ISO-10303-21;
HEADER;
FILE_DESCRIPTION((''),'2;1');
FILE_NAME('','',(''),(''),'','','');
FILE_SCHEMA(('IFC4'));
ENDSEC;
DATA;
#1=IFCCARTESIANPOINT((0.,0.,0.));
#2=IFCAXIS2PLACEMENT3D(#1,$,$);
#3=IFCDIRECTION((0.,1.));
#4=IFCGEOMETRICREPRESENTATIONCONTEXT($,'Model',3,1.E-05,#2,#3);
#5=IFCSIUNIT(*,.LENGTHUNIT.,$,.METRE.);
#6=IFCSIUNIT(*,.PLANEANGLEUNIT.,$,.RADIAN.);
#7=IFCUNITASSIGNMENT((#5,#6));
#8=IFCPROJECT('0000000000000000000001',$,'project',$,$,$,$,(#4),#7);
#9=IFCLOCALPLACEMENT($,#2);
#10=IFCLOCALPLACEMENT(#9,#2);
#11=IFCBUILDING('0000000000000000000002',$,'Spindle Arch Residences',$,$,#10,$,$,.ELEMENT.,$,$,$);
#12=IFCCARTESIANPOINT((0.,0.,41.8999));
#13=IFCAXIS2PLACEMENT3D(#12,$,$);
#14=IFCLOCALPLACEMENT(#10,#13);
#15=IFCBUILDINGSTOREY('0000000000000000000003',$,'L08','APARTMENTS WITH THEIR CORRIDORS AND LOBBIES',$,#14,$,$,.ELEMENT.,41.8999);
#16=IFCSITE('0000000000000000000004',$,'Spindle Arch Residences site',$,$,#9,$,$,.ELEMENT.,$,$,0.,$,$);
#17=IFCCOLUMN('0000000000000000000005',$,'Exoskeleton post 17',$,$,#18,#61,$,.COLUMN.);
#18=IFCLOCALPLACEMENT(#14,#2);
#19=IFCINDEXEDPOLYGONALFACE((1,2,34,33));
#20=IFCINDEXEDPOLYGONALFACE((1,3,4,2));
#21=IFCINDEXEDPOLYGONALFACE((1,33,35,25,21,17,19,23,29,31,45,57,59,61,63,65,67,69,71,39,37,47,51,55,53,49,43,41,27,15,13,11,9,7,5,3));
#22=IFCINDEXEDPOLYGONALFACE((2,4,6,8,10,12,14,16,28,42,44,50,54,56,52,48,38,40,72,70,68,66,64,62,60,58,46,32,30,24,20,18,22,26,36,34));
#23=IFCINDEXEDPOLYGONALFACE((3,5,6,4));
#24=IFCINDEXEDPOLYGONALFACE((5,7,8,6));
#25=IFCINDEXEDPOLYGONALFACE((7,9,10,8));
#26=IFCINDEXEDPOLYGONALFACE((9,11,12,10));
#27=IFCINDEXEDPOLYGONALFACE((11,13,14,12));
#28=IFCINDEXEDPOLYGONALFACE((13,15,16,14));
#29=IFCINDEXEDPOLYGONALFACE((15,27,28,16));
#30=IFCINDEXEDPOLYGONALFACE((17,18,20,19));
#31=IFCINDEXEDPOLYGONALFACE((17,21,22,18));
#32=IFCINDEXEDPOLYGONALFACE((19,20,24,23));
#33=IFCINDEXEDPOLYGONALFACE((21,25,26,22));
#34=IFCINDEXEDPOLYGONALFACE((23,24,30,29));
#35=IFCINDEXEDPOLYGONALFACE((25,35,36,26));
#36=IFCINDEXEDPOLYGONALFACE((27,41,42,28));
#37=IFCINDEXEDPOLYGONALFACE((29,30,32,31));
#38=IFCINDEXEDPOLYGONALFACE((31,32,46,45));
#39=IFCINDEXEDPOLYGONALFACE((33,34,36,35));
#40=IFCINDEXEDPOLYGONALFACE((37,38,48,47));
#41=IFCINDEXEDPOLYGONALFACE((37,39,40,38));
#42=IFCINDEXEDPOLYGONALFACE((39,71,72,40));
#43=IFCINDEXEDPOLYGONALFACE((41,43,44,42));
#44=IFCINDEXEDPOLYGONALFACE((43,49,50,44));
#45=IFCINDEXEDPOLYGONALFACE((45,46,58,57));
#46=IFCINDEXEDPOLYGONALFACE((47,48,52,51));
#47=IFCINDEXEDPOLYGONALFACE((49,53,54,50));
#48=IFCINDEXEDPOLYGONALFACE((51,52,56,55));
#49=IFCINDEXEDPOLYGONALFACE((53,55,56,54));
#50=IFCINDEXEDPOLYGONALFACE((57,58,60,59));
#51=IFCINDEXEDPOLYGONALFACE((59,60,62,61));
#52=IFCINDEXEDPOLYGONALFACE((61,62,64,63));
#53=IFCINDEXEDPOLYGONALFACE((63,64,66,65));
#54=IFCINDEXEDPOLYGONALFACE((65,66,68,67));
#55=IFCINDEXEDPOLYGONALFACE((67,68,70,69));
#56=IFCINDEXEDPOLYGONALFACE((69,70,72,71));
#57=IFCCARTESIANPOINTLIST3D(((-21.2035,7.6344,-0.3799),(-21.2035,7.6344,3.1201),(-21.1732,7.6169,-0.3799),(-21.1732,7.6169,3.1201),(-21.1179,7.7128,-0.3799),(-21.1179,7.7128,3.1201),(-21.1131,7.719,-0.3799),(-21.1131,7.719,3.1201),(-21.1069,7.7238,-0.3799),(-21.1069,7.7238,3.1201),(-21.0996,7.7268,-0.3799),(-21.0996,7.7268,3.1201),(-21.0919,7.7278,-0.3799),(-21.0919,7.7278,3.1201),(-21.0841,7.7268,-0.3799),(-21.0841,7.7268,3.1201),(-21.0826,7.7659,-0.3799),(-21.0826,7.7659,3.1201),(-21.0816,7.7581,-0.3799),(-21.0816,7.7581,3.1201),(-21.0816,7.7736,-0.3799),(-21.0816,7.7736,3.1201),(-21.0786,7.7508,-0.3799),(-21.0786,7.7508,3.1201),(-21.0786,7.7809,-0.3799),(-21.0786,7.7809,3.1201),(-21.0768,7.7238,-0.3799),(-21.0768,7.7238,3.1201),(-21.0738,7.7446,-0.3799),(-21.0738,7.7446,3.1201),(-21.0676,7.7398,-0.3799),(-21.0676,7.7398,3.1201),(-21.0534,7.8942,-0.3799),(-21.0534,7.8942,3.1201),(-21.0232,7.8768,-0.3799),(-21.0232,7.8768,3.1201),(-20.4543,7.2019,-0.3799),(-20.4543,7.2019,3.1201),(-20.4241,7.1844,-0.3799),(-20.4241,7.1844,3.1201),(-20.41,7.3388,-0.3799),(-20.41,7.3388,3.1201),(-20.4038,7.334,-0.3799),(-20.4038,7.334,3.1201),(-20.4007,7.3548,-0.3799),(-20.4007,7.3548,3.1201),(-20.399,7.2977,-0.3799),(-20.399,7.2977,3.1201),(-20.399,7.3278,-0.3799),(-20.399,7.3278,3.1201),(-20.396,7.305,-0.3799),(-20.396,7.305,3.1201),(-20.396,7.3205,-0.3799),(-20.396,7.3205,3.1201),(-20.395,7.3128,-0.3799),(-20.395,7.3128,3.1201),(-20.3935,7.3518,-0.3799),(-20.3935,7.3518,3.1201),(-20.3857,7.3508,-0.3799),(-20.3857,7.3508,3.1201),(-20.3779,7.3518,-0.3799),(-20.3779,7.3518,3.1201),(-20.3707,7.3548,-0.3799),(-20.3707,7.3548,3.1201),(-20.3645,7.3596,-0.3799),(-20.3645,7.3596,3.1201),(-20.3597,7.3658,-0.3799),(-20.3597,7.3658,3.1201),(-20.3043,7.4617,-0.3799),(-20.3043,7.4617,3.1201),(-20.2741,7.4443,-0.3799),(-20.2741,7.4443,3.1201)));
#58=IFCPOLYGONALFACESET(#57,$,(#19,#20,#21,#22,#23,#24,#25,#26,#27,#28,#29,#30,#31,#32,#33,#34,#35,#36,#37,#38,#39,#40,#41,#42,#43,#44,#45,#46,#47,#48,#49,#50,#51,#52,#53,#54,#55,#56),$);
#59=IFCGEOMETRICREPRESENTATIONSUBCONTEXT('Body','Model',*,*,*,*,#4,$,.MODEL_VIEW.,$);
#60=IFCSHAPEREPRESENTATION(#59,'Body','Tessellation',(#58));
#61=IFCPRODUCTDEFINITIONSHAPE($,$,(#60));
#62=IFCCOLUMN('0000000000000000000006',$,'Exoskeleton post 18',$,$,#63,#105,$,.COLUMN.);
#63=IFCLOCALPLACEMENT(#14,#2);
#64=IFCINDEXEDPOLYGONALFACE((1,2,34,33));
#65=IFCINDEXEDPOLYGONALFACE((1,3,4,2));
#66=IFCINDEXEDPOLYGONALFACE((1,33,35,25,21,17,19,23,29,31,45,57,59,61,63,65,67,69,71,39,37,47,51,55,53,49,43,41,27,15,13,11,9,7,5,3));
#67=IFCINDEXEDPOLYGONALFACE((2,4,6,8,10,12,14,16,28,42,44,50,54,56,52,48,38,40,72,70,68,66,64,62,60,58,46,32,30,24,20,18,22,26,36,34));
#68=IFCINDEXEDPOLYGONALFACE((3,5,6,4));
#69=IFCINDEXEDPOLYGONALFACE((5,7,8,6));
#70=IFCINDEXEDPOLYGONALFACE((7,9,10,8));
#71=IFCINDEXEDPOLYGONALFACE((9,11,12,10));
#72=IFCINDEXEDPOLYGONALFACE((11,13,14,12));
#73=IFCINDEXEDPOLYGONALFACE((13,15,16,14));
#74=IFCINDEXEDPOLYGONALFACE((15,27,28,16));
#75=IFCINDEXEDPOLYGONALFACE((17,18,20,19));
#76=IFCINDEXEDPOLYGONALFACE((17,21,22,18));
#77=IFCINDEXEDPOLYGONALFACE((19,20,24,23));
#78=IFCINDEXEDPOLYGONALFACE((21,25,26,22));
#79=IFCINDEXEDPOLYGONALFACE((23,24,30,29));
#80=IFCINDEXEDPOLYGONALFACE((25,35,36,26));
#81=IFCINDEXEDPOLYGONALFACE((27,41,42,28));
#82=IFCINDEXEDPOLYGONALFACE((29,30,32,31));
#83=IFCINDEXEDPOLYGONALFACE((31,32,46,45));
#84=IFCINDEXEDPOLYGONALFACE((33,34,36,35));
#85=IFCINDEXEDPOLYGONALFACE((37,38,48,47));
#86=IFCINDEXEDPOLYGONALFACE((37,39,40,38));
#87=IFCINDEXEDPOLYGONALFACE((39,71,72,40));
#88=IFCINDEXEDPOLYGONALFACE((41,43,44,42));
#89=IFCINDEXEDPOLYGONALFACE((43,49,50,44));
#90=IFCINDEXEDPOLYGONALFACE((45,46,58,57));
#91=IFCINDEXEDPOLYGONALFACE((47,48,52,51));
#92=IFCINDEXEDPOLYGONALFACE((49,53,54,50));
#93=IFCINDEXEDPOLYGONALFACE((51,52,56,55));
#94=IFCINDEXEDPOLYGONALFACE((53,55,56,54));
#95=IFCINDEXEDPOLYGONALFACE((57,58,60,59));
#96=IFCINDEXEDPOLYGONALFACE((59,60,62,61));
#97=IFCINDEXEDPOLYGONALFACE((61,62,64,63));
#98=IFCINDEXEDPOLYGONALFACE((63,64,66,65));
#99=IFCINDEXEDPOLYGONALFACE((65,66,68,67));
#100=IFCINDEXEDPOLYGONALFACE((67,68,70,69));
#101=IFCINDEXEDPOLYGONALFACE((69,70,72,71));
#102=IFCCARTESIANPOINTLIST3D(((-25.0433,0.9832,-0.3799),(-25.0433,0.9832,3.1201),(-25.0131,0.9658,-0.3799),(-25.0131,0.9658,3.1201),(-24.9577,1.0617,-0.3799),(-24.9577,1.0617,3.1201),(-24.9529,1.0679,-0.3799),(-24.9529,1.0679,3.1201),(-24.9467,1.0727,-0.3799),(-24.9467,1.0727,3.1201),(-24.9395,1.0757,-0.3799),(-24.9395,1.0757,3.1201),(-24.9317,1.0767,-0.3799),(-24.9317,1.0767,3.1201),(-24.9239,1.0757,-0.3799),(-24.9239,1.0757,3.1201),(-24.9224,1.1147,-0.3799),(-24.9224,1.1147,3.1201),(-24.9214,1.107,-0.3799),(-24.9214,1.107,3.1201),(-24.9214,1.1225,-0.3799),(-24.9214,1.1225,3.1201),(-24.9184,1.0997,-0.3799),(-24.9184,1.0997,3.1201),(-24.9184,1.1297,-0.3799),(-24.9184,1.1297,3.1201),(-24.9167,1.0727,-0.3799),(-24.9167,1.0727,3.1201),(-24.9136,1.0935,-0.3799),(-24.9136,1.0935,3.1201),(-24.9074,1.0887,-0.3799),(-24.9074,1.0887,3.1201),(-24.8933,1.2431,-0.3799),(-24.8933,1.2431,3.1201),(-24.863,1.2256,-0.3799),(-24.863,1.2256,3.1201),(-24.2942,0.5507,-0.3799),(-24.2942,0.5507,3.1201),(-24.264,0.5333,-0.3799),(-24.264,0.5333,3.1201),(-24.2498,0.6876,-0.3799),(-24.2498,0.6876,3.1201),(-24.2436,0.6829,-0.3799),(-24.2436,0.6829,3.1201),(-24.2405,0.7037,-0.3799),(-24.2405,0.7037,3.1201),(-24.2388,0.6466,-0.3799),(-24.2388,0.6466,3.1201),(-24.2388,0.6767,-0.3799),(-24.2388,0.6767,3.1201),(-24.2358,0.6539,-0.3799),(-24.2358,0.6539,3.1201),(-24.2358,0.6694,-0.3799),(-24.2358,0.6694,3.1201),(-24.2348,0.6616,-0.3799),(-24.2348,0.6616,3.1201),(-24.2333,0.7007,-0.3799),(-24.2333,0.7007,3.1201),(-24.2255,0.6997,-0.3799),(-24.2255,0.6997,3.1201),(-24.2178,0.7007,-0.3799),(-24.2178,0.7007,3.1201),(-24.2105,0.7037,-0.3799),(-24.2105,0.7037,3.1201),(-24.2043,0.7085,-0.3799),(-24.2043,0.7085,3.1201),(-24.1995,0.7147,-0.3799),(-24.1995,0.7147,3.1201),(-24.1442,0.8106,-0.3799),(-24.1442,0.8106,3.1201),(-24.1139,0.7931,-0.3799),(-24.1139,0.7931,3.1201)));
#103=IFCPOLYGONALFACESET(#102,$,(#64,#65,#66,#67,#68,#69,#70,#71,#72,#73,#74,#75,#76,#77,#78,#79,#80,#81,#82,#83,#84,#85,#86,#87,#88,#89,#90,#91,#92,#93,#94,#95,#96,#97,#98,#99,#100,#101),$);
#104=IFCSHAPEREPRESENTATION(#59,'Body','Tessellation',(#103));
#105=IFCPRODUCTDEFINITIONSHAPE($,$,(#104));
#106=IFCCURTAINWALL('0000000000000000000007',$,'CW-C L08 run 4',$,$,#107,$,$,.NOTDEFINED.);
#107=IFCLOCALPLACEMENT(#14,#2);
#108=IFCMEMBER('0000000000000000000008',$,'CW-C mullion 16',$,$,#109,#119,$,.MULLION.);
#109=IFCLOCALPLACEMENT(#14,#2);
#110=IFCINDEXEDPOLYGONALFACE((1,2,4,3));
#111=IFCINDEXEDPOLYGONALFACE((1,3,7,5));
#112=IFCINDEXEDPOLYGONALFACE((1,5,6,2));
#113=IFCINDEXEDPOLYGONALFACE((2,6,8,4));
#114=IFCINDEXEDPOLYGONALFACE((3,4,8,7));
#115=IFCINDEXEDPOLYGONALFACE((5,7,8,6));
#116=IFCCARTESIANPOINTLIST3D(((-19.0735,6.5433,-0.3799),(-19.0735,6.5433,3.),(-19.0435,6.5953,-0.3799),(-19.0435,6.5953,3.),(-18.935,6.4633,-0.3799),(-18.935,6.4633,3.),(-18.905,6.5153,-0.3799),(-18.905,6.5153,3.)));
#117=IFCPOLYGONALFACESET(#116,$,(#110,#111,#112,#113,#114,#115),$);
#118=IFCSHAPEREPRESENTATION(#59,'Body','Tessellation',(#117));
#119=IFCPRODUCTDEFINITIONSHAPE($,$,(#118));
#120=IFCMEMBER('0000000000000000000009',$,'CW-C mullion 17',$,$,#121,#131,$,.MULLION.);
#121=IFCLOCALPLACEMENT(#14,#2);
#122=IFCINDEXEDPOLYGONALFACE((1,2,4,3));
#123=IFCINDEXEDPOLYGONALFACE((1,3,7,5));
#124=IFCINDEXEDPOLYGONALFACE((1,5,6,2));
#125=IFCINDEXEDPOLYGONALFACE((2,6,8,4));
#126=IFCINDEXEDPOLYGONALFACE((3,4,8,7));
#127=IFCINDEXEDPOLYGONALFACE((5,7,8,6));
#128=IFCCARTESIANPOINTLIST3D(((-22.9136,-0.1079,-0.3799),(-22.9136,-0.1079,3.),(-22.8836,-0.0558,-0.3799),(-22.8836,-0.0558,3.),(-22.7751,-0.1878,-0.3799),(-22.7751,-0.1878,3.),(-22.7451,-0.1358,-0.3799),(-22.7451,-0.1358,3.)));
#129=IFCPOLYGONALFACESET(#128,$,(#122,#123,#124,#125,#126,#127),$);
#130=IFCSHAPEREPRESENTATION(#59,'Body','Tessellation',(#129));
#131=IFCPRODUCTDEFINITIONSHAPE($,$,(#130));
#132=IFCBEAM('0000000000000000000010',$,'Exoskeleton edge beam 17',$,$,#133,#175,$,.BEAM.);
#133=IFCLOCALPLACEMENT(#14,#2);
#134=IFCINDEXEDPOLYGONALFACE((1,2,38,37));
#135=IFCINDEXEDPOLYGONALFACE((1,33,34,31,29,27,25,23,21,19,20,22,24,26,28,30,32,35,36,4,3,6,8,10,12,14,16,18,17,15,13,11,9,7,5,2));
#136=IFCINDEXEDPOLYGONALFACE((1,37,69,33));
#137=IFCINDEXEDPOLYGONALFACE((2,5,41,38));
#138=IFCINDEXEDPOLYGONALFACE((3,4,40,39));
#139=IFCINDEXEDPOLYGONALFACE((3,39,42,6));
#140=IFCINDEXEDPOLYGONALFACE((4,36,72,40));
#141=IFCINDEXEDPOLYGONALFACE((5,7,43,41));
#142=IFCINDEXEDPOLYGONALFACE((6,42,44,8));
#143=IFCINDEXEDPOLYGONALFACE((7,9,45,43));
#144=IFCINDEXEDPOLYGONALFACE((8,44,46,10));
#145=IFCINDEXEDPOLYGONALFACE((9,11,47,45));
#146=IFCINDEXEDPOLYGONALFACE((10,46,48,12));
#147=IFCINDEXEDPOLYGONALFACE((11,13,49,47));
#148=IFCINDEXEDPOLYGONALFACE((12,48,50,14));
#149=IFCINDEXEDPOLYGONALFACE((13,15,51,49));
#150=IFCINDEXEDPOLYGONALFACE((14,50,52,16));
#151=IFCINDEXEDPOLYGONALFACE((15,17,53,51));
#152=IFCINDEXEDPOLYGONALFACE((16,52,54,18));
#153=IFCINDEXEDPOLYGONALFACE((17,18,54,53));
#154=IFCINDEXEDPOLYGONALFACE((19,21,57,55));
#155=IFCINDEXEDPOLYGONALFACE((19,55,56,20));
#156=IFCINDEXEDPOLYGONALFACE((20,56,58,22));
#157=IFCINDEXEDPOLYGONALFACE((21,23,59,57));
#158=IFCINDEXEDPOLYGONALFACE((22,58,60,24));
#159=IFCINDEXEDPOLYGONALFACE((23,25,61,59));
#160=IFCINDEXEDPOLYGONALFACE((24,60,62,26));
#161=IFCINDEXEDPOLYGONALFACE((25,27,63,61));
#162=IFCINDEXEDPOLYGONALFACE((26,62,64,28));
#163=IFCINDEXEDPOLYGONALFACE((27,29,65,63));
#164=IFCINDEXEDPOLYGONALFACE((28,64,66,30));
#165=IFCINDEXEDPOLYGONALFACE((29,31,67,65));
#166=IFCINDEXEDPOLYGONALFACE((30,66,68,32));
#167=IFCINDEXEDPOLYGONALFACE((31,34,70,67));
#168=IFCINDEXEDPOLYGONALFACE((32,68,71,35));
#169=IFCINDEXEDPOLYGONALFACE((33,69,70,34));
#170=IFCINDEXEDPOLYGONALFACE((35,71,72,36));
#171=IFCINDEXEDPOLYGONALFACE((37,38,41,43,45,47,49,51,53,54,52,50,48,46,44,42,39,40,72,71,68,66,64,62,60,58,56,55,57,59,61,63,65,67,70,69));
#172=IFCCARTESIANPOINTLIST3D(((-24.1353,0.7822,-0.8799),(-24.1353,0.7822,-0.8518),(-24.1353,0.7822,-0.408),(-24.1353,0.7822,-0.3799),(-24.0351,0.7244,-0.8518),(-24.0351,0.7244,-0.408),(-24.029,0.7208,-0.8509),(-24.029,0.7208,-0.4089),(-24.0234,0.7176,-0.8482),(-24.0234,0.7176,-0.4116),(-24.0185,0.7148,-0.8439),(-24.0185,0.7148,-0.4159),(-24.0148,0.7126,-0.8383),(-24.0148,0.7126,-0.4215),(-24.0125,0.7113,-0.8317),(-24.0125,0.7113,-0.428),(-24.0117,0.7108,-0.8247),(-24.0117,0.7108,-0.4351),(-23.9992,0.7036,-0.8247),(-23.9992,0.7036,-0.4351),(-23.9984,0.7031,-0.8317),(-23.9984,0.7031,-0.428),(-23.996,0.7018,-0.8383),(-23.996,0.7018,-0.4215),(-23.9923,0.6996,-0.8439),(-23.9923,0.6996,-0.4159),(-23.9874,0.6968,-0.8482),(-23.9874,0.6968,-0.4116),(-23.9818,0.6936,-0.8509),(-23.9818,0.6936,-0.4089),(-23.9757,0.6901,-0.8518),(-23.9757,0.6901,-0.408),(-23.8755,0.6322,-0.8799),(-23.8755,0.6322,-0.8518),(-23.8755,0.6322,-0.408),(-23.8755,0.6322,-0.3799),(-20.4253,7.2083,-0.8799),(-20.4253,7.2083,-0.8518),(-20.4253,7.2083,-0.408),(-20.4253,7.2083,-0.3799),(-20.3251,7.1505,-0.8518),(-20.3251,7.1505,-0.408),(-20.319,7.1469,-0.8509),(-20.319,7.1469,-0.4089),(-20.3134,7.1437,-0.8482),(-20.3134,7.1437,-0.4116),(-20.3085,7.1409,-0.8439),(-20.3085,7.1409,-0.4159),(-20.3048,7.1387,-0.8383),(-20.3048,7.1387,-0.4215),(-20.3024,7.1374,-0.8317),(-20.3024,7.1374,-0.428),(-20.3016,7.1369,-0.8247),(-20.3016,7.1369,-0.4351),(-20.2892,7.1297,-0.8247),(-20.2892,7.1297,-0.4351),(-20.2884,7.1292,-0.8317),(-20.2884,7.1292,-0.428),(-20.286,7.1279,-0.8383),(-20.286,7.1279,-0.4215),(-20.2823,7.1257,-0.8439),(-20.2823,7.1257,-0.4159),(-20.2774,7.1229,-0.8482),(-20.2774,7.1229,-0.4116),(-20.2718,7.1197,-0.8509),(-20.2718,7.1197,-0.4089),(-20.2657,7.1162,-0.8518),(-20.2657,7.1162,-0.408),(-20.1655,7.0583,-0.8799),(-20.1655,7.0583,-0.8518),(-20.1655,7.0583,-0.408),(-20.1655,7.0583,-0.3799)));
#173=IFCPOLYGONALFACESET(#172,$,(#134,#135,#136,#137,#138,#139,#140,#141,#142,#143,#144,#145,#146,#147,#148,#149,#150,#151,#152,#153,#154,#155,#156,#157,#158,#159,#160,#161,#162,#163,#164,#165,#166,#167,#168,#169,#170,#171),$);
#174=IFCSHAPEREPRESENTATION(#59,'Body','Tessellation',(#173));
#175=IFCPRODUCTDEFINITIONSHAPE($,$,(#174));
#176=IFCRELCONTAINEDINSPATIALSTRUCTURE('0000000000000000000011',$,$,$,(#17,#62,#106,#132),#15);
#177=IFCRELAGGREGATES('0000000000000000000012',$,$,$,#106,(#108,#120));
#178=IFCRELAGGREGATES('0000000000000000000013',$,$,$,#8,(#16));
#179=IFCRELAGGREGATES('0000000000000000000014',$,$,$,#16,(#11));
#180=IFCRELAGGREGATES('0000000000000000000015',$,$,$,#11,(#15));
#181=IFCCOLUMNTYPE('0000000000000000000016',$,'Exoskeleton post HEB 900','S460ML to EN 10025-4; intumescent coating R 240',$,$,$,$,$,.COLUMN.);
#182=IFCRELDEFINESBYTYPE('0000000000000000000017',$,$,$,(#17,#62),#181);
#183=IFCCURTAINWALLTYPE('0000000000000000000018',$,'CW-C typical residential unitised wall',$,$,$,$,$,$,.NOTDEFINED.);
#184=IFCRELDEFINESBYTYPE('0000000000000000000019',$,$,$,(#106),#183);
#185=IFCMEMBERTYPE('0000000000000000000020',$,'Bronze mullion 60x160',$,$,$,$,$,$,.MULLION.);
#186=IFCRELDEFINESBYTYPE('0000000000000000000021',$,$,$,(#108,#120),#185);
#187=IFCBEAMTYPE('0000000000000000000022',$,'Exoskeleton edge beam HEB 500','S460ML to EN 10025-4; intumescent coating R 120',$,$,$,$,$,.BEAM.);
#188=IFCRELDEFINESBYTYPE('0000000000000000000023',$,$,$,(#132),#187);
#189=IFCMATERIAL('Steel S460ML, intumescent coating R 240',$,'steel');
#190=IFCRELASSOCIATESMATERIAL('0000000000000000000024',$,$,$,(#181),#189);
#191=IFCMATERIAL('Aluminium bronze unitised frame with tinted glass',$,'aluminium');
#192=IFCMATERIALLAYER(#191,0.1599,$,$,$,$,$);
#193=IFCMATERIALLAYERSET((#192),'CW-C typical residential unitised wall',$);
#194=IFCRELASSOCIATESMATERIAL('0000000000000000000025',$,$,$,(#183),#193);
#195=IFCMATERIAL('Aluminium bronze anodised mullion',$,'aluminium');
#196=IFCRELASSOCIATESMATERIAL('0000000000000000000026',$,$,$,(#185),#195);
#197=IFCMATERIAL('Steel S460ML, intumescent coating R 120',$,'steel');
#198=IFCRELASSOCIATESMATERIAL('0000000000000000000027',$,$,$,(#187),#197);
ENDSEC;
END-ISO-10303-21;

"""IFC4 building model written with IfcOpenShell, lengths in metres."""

from ifc_helpers import new_model, si_unit, direction, frame, origin, origin_2d, place, context, subcontext, project, spatial, rectangle, i_section, extrude, material, layer, layer_set, material_profile, profile_set, type_object, element, aggregate, save


model = new_model("IFC4")

# Units and contexts
model_context = context("Model", 3, precision=1e-05, world=origin(), true_north=direction((0.0, 1.0)))
body_context = subcontext(model_context, "Body", "Model", "MODEL_VIEW")
ifc_project = project(units=[si_unit("LENGTHUNIT", "METRE"), si_unit("PLANEANGLEUNIT", "RADIAN")], contexts=[model_context])

# Site, building, storey
site_placement = place(None, origin())
site = spatial("IfcSite", under=ifc_project, at=site_placement, Name="Spindle Arch Residences site", CompositionType="ELEMENT", RefElevation=0.0)
building_placement = place(site_placement, origin())
building = spatial("IfcBuilding", under=site, at=building_placement, Name="Spindle Arch Residences", CompositionType="ELEMENT")
storey_placement = place(building_placement, frame((0.0, 0.0, 41.8999)))
storey = spatial("IfcBuildingStorey", under=building, at=storey_placement, Name="L08", Description="APARTMENTS WITH THEIR CORRIDORS AND LOBBIES", CompositionType="ELEMENT", Elevation=41.8999)

# Columns
ifc_material_1 = material(Name="Steel S460ML, intumescent coating R 240", Category="steel")
ifc_material_profile_1 = material_profile(ifc_material_1, i_section(OverallWidth=0.3, OverallDepth=0.8999, WebThickness=0.0186, FlangeThickness=0.0349, FilletRadius=0.03, at=origin_2d()), Name="HEB 900")
ifc_profile_set_1 = profile_set([ifc_material_profile_1], Name="Steel S460ML, intumescent coating R 240")
column_type = type_object("IfcColumnType", Name="Exoskeleton post HEB 900", Description="S460ML to EN 10025-4; intumescent coating R 240", PredefinedType="COLUMN", material=ifc_profile_set_1)
for number, where, z_axis, x_axis, name in (
    (1, (-20.7388, 7.5393, -0.3799), (0.0, 0.0, 1.0), (0.5, 0.866025, 0.0), "Exoskeleton post 17"),
    (2, (-24.5786, 0.8882, -0.3799), (0.0, 0.0, 1.0), (0.5, 0.866025, 0.0), "Exoskeleton post 18"),
):
    element("IfcColumn", number, at=place(storey_placement, frame(where, z_axis=z_axis, x_axis=x_axis)), inside=storey, type_object=column_type, Name=name, PredefinedType="COLUMN", context=body_context, shape_type="SweptSolid", body=[
        extrude(i_section(OverallWidth=0.3, OverallDepth=0.8999, WebThickness=0.0186, FlangeThickness=0.0349, FilletRadius=0.03, at=origin_2d()), origin(), (0.0, 0.0, 1.0), 3.5),
    ])

# Curtain wall, members
ifc_material_2 = material(Name="Aluminium bronze unitised frame with tinted glass", Category="aluminium")
ifc_layer_1 = layer(ifc_material_2, 0.1599)
ifc_layer_set_1 = layer_set([ifc_layer_1], Name="CW-C typical residential unitised wall")
curtain_wall_type = type_object("IfcCurtainWallType", Name="CW-C typical residential unitised wall", PredefinedType="NOTDEFINED", material=ifc_layer_set_1)
curtain_wall_placement = place(storey_placement, origin())
curtain_wall = element("IfcCurtainWall", 3, at=curtain_wall_placement, inside=storey, type_object=curtain_wall_type, Name="CW-C L08 run 4", PredefinedType="NOTDEFINED")
ifc_material_3 = material(Name="Aluminium bronze anodised mullion", Category="aluminium")
ifc_material_profile_2 = material_profile(ifc_material_3, rectangle(XDim=0.1599, YDim=0.0601, at=origin_2d()), Name="MU 60x160")
ifc_profile_set_2 = profile_set([ifc_material_profile_2], Name="Aluminium bronze anodised mullion")
member_type = type_object("IfcMemberType", Name="Bronze mullion 60x160", PredefinedType="MULLION", material=ifc_profile_set_2)
member_1_placement = place(storey_placement, frame((-18.9893, 6.5293, -0.3799), z_axis=(0.0, 0.0, 1.0), x_axis=(0.866025, -0.5, 0.0)))
member_1 = element("IfcMember", 4, at=member_1_placement, type_object=member_type, Name="CW-C mullion 16", PredefinedType="MULLION", context=body_context, shape_type="SweptSolid", body=[
    extrude(rectangle(XDim=0.1599, YDim=0.0601, at=origin_2d()), origin(), (0.0, 0.0, 1.0), 3.3799),
])
member_2_placement = place(storey_placement, frame((-22.8293, -0.1218, -0.3799), z_axis=(0.0, 0.0, 1.0), x_axis=(0.866025, -0.5, 0.0)))
member_2 = element("IfcMember", 5, at=member_2_placement, type_object=member_type, Name="CW-C mullion 17", PredefinedType="MULLION", context=body_context, shape_type="SweptSolid", body=[
    extrude(rectangle(XDim=0.1599, YDim=0.0601, at=origin_2d()), origin(), (0.0, 0.0, 1.0), 3.3799),
])

# Beam
ifc_material_4 = material(Name="Steel S460ML, intumescent coating R 120", Category="steel")
ifc_material_profile_3 = material_profile(ifc_material_4, i_section(OverallWidth=0.3, OverallDepth=0.5, WebThickness=0.0144, FlangeThickness=0.0281, FilletRadius=0.0271, at=origin_2d()), Name="HEB 500")
ifc_profile_set_3 = profile_set([ifc_material_profile_3], Name="Steel S460ML, intumescent coating R 120")
beam_type_1 = type_object("IfcBeamType", Name="Exoskeleton edge beam HEB 500", Description="S460ML to EN 10025-4; intumescent coating R 120", PredefinedType="BEAM", material=ifc_profile_set_3)
for number, where, z_axis, x_axis, name in (
    (6, (-20.2954, 7.1333, -0.6299), (-0.499989, -0.866032, 0.0), (0.866032, -0.499989, 0.0), "Exoskeleton edge beam 17"),
):
    element("IfcBeam", number, at=place(storey_placement, frame(where, z_axis=z_axis, x_axis=x_axis)), inside=storey, type_object=beam_type_1, Name=name, PredefinedType="BEAM", context=body_context, shape_type="SweptSolid", body=[
        extrude(i_section(OverallWidth=0.3, OverallDepth=0.5, WebThickness=0.0144, FlangeThickness=0.0281, FilletRadius=0.0271, at=origin_2d()), origin(), (0.0, 0.0, 1.0), 7.4202),
    ])

aggregate(curtain_wall, [member_1, member_2])

save(model, "model.ifc")
